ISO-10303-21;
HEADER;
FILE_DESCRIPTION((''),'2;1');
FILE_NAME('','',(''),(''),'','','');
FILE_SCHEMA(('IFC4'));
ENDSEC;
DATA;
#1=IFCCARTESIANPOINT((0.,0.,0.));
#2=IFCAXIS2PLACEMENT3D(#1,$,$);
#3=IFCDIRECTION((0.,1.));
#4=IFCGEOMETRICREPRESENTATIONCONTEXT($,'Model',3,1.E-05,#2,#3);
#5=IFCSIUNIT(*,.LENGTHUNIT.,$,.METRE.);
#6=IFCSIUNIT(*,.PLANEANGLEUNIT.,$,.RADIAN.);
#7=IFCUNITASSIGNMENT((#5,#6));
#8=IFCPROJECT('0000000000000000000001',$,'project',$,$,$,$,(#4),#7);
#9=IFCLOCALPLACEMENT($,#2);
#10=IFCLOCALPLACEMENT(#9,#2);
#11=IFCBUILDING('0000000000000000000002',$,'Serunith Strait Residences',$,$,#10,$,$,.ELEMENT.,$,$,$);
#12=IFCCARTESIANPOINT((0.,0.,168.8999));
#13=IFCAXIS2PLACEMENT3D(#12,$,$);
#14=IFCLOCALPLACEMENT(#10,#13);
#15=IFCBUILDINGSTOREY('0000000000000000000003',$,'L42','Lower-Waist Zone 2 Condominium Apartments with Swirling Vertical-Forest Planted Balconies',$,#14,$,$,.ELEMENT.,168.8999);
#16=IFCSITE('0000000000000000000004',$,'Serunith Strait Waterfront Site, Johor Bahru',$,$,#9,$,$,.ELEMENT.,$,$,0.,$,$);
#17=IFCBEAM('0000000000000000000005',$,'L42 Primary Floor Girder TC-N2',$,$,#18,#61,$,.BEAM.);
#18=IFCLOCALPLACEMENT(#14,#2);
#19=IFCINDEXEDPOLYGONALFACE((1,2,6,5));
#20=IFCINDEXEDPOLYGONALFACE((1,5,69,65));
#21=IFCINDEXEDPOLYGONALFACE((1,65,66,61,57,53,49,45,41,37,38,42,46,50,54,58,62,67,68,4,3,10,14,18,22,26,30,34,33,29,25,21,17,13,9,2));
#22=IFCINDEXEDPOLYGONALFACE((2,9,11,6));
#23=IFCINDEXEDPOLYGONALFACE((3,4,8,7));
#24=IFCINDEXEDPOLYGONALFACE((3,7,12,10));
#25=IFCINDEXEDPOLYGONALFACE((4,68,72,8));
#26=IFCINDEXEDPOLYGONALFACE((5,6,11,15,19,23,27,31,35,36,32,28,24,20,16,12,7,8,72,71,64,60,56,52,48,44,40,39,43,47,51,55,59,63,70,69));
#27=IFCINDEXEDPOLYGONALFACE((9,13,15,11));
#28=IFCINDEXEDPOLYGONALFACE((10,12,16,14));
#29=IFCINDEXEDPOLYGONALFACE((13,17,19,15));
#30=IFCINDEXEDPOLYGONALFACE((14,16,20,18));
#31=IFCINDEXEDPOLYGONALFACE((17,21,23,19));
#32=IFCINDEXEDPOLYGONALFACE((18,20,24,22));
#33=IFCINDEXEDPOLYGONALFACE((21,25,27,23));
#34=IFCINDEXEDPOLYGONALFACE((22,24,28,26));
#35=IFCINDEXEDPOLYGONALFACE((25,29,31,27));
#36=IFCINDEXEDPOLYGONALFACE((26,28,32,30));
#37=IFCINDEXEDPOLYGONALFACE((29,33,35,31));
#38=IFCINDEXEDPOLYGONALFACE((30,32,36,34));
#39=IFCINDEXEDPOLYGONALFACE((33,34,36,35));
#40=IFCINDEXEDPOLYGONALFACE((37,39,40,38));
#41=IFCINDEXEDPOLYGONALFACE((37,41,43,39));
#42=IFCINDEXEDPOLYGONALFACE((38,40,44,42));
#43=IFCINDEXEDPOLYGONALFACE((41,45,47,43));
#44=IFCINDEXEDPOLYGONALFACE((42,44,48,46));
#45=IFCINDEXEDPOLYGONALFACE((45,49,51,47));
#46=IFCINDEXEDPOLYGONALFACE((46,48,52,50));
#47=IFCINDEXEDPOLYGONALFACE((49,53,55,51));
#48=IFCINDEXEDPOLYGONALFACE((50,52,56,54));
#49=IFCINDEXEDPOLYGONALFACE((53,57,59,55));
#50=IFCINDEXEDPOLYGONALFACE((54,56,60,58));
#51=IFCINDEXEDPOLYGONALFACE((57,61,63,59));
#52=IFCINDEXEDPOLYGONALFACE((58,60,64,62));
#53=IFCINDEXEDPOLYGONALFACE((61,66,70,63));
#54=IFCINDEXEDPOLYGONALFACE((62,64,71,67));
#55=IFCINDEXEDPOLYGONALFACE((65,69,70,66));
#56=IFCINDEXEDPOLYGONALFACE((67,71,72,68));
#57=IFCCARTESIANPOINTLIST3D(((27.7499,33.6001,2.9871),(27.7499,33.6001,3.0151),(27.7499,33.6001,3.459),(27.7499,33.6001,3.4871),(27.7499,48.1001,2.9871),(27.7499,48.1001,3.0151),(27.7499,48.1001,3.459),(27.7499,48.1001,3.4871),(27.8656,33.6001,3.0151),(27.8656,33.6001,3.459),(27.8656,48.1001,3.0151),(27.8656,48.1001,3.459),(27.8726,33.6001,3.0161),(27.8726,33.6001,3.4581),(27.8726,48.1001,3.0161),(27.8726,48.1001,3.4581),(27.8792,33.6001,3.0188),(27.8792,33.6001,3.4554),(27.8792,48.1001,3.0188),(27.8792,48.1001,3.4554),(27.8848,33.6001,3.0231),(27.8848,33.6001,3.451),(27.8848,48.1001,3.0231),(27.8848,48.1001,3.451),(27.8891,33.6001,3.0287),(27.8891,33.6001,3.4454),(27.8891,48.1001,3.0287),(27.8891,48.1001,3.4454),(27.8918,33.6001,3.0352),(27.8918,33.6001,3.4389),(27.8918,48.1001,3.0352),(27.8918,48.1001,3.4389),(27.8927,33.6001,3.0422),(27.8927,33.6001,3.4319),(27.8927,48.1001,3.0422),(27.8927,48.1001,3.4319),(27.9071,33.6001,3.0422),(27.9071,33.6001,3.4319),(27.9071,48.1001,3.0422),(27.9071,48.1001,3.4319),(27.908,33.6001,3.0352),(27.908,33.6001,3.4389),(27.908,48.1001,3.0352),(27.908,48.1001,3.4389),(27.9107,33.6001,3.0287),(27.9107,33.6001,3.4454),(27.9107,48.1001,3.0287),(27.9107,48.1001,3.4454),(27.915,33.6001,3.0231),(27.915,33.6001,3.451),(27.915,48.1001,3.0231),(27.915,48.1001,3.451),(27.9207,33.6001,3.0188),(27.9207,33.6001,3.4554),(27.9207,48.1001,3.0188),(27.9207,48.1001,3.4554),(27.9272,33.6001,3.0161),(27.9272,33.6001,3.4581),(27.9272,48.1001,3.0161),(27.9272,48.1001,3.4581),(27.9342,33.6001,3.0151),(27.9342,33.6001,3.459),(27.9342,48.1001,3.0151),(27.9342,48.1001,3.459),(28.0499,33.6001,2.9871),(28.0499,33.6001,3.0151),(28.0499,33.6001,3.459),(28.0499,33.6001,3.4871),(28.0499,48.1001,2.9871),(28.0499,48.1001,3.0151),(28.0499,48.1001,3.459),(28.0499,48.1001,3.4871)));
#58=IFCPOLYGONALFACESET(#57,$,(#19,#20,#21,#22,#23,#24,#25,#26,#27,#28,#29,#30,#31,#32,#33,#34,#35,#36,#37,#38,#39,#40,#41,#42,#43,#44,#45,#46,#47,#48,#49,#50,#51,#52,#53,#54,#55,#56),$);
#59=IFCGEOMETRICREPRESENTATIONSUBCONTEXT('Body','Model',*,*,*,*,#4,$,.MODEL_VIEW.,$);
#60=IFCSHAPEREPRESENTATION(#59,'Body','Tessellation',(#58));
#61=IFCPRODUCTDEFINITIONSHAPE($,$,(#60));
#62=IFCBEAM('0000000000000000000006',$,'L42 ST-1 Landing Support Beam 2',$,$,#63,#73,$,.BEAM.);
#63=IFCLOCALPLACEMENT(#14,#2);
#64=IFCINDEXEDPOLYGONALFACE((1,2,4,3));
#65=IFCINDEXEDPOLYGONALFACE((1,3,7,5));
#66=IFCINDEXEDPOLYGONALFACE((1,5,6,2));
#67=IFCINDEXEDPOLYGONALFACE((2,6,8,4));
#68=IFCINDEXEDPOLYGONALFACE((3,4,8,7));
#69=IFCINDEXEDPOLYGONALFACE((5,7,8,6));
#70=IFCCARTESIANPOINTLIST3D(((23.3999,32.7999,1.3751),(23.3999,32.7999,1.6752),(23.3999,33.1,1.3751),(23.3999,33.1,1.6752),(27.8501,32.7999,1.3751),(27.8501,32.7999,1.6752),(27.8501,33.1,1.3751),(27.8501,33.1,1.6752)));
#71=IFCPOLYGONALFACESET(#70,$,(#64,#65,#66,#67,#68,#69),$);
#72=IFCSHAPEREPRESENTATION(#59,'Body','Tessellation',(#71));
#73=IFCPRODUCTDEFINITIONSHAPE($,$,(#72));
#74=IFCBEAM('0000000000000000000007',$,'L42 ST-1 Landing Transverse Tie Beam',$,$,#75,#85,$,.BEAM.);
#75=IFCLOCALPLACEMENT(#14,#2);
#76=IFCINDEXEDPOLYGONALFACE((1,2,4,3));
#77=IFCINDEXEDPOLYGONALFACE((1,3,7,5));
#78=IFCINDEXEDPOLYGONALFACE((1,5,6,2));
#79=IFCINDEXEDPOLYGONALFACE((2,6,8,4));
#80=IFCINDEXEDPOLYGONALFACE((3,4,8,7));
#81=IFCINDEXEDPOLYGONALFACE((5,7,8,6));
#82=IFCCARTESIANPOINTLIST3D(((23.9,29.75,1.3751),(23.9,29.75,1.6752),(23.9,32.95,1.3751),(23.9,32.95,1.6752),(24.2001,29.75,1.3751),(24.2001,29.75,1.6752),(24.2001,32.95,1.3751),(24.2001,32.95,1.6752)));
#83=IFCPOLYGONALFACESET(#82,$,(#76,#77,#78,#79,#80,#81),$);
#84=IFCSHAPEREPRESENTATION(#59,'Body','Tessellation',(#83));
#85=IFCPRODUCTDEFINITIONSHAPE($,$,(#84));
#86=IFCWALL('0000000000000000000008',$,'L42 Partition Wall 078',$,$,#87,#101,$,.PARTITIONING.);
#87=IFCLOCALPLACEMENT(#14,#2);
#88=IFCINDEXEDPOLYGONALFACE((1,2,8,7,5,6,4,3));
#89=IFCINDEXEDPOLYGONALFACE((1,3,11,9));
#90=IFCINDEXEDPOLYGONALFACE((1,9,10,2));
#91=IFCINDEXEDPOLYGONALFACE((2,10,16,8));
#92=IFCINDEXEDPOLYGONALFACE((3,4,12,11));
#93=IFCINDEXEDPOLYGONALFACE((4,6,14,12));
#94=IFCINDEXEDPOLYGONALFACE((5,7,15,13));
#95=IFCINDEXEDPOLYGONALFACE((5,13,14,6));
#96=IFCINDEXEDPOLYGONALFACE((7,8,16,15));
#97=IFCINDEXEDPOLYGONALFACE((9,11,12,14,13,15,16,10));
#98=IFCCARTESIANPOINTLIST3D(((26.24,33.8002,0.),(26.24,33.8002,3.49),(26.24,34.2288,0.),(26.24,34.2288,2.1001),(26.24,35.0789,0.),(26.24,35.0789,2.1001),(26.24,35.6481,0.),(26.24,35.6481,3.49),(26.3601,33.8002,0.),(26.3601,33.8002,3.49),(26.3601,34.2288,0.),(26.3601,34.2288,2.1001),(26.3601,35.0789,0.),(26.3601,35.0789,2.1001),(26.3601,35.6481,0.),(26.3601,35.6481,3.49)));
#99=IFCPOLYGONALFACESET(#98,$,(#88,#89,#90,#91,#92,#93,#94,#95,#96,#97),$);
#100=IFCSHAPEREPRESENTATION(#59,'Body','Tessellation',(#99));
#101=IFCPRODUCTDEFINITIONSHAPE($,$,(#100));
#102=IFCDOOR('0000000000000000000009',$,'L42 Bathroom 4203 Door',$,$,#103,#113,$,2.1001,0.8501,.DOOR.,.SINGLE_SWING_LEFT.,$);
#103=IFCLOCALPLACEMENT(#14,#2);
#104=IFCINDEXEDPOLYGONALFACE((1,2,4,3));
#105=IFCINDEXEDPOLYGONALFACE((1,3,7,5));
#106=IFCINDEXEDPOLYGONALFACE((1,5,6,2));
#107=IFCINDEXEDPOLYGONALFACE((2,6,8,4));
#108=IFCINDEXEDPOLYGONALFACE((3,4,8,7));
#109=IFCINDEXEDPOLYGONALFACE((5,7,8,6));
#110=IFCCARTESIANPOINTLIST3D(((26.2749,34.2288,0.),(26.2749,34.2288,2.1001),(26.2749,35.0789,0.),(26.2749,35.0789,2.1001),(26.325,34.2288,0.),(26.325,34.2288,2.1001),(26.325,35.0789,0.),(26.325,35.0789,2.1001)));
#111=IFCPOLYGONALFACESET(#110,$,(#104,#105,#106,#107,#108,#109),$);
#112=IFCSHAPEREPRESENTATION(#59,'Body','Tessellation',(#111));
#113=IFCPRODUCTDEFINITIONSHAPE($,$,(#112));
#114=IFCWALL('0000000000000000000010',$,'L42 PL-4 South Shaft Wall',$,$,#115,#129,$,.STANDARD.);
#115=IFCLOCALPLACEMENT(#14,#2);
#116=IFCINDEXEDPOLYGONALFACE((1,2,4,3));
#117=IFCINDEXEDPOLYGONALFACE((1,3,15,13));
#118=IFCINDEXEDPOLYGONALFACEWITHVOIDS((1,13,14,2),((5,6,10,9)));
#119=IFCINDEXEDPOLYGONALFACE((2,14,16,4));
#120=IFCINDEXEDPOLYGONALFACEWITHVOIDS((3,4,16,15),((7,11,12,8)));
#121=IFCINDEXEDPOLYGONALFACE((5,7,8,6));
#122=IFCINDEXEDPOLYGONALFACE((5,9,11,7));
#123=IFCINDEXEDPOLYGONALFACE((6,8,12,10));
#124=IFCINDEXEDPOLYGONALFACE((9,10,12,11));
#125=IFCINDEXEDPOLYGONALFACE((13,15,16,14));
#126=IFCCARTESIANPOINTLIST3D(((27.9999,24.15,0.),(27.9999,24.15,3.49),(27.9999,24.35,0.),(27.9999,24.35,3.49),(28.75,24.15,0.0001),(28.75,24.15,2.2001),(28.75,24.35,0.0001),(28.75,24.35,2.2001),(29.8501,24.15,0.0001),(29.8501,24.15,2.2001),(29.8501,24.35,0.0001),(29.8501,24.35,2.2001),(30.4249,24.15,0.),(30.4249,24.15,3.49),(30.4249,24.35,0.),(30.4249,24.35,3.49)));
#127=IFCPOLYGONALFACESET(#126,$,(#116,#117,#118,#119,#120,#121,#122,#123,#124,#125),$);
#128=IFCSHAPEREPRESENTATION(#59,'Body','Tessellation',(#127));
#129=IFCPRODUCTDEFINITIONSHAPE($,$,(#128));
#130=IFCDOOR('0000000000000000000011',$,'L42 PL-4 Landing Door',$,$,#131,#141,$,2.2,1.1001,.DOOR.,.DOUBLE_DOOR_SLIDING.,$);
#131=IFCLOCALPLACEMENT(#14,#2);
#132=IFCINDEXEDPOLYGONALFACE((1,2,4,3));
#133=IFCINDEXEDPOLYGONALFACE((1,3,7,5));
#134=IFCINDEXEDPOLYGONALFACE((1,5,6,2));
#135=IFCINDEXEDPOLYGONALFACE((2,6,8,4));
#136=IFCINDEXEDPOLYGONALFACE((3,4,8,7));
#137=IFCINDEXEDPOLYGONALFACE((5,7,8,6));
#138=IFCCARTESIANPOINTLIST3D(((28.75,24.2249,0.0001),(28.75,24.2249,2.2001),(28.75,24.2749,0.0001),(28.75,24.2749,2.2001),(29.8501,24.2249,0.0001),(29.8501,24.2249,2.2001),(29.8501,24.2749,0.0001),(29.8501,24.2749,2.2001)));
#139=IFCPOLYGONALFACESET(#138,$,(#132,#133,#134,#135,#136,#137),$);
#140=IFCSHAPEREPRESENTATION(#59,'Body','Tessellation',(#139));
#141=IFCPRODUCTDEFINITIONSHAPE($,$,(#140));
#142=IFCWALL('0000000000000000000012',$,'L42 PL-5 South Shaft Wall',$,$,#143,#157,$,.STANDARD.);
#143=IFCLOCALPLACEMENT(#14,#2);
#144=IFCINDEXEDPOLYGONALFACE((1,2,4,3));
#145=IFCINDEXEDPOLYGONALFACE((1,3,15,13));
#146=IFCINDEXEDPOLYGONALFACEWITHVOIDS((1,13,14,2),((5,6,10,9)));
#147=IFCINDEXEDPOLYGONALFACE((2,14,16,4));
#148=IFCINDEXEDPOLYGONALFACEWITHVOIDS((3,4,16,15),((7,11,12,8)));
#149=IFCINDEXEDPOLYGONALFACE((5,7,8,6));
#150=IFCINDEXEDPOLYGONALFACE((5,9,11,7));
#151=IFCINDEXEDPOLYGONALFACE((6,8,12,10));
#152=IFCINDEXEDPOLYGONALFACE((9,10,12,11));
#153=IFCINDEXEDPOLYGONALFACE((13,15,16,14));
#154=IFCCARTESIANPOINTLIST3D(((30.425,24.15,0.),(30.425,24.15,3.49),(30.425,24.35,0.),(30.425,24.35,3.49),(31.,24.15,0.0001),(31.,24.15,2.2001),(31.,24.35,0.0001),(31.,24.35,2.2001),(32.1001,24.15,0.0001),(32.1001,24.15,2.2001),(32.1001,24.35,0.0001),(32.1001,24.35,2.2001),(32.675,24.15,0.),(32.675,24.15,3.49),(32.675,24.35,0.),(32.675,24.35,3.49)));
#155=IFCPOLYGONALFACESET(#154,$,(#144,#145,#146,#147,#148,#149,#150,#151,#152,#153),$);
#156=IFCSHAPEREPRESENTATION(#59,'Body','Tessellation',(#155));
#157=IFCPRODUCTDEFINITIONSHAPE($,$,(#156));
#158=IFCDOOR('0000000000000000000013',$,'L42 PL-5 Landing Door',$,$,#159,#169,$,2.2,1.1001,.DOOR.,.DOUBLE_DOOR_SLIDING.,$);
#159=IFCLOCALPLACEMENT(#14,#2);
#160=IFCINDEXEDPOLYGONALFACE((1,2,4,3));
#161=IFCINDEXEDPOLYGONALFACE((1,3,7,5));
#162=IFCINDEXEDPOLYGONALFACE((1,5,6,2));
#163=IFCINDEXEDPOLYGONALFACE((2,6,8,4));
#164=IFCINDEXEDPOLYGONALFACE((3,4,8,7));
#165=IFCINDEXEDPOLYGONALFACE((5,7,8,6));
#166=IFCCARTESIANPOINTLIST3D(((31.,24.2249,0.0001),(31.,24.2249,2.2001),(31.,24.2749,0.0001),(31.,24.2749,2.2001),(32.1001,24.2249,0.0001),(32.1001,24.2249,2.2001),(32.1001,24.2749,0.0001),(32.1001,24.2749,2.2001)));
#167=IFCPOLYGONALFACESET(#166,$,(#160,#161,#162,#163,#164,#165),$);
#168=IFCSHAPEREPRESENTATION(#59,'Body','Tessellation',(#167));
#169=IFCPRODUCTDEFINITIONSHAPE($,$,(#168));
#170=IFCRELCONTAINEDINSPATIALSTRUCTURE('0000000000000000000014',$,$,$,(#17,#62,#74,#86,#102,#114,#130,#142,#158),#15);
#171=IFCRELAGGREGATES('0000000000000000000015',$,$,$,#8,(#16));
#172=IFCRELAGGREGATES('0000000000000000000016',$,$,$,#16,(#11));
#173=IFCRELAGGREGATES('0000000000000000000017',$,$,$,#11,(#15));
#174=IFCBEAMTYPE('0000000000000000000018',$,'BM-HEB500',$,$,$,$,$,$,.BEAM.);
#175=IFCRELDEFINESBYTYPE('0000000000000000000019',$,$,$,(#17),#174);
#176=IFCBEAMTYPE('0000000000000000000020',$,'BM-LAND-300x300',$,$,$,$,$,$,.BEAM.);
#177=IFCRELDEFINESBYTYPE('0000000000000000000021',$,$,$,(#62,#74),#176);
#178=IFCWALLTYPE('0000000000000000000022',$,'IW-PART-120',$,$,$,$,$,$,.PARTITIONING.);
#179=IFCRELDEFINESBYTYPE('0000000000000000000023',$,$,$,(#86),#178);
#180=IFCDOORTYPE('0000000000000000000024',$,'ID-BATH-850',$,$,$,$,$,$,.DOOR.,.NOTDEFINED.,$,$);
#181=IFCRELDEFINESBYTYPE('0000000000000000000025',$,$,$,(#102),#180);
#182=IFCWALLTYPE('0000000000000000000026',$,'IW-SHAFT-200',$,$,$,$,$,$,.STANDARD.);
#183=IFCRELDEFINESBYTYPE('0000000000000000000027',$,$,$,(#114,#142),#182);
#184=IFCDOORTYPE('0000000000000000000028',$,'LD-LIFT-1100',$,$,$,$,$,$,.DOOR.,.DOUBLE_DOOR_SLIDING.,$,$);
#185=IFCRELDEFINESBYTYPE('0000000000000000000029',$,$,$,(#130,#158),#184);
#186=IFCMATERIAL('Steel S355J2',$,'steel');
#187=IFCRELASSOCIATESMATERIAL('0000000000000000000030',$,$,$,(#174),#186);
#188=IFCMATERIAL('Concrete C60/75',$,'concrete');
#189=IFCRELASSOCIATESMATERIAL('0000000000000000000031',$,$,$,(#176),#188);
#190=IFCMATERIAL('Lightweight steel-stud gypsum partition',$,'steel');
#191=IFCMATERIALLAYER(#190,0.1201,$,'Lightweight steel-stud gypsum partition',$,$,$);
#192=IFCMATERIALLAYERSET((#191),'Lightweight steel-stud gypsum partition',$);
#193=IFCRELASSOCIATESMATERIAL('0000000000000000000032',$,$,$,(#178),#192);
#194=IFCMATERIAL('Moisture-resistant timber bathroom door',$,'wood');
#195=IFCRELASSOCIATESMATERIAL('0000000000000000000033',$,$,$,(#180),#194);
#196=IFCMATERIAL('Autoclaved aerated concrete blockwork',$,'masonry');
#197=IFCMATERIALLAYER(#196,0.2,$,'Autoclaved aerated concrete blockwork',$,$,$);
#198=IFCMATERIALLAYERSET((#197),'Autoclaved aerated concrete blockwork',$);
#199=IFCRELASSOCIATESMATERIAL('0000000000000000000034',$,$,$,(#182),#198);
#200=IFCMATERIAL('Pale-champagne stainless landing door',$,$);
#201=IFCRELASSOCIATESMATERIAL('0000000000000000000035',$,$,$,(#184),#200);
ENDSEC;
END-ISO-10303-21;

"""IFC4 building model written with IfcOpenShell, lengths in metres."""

from ifc_helpers import new_model, si_unit, direction, frame, frame_2d, origin, origin_2d, place, context, subcontext, project, spatial, rectangle, i_section, extrude, source, transform, mapped, material, layer, layer_set, material_profile, profile_set, type_object, element, fill, save


model = new_model("IFC4")

# Units and contexts
model_context = context("Model", 3, precision=1e-05, world=origin(), true_north=direction((0.0, 1.0)))
body_context = subcontext(model_context, "Body", "Model", "MODEL_VIEW")
ifc_project = project(units=[si_unit("LENGTHUNIT", "METRE"), si_unit("PLANEANGLEUNIT", "RADIAN")], contexts=[model_context])

# Site, building, storey
site_placement = place(None, origin())
site = spatial("IfcSite", under=ifc_project, at=site_placement, Name="Serunith Strait Waterfront Site, Johor Bahru", CompositionType="ELEMENT", RefElevation=0.0)
building_placement = place(site_placement, origin())
building = spatial("IfcBuilding", under=site, at=building_placement, Name="Serunith Strait Residences", CompositionType="ELEMENT")
storey_placement = place(building_placement, frame((0.0, 0.0, 168.8999)))
storey = spatial("IfcBuildingStorey", under=building, at=storey_placement, Name="L42", Description="Lower-Waist Zone 2 Condominium Apartments with Swirling Vertical-Forest Planted Balconies", CompositionType="ELEMENT", Elevation=168.8999)

# Beams
ifc_material_1 = material(Name="Steel S355J2", Category="steel")
ifc_material_profile_1 = material_profile(ifc_material_1, i_section(OverallWidth=0.3, OverallDepth=0.5, WebThickness=0.0144, FlangeThickness=0.0281, FilletRadius=0.0271, at=origin_2d()), Name="HEB 500")
ifc_profile_set_1 = profile_set([ifc_material_profile_1], Name="Steel S355J2")
beam_type_1 = type_object("IfcBeamType", Name="BM-HEB500", PredefinedType="BEAM", material=ifc_profile_set_1)
shared_shape_1 = source(origin(), body_context, "Body", "SweptSolid", [
    extrude(i_section(OverallWidth=0.3, OverallDepth=0.5, WebThickness=0.0144, FlangeThickness=0.0281, FilletRadius=0.0271, at=origin_2d()), origin(), (0.0, 0.0, 1.0), 14.5),
])
beam_1_placement = place(storey_placement, frame((27.8999, 33.6001, 3.2371), z_axis=(0.0, 1.0, 0.0), x_axis=(-1.0, 0.0, 0.0)))
element("IfcBeam", 1, at=beam_1_placement, inside=storey, type_object=beam_type_1, Name="L42 Primary Floor Girder TC-N2", PredefinedType="BEAM", context=body_context, shape_type="MappedRepresentation", body=[
    mapped(shared_shape_1, transform((0.0, 0.0, 0.0), scale=1.0)),
])
ifc_material_2 = material(Name="Concrete C60/75", Category="concrete")
ifc_material_profile_2 = material_profile(ifc_material_2, rectangle(XDim=0.3, YDim=0.3, at=origin_2d()), Name="RC 300x300")
ifc_profile_set_2 = profile_set([ifc_material_profile_2], Name="Concrete C60/75")
beam_type_2 = type_object("IfcBeamType", Name="BM-LAND-300x300", PredefinedType="BEAM", material=ifc_profile_set_2)
shared_shape_2 = source(origin(), body_context, "Body", "SweptSolid", [
    extrude(rectangle(XDim=0.3, YDim=0.3, at=origin_2d()), origin(), (0.0, 0.0, 1.0), 4.4502),
])
beam_2_placement = place(storey_placement, frame((23.3999, 32.95, 1.5251), z_axis=(1.0, 0.0, 0.0), x_axis=(0.0, 1.0, 0.0)))
element("IfcBeam", 2, at=beam_2_placement, inside=storey, type_object=beam_type_2, Name="L42 ST-1 Landing Support Beam 2", PredefinedType="BEAM", context=body_context, shape_type="MappedRepresentation", body=[
    mapped(shared_shape_2, transform((0.0, 0.0, 0.0), scale=1.0)),
])
shared_shape_3 = source(origin(), body_context, "Body", "SweptSolid", [
    extrude(rectangle(XDim=0.3, YDim=0.3, at=origin_2d()), origin(), (0.0, 0.0, 1.0), 3.2),
])
beam_3_placement = place(storey_placement, frame((24.05, 29.75, 1.5251), z_axis=(0.0, 1.0, 0.0), x_axis=(-1.0, 0.0, 0.0)))
element("IfcBeam", 3, at=beam_3_placement, inside=storey, type_object=beam_type_2, Name="L42 ST-1 Landing Transverse Tie Beam", PredefinedType="BEAM", context=body_context, shape_type="MappedRepresentation", body=[
    mapped(shared_shape_3, transform((0.0, 0.0, 0.0), scale=1.0)),
])

# Walls, openings, doors
ifc_material_3 = material(Name="Lightweight steel-stud gypsum partition", Category="steel")
ifc_layer_1 = layer(ifc_material_3, 0.1201, Name="Lightweight steel-stud gypsum partition")
ifc_layer_set_1 = layer_set([ifc_layer_1], Name="Lightweight steel-stud gypsum partition")
wall_type_1 = type_object("IfcWallType", Name="IW-PART-120", PredefinedType="PARTITIONING", material=ifc_layer_set_1)
wall_1_placement = place(storey_placement, frame((26.3, 35.6479, 0.0), z_axis=(0.0, 0.0, 1.0), x_axis=(0.0, -1.0, 0.0)))
wall_1 = element("IfcWall", 4, at=wall_1_placement, inside=storey, type_object=wall_type_1, Name="L42 Partition Wall 078", PredefinedType="PARTITIONING", context=body_context, shape_type="SweptSolid", body=[
    extrude(rectangle(XDim=1.8479, YDim=0.1201, at=frame_2d((0.9238, 0.0))), origin(), (0.0, 0.0, 1.0), 3.49),
])
opening_1_placement = place(wall_1_placement, frame((0.5691, 0.0, 0.0)))
opening_1 = element("IfcOpeningElement", 5, at=opening_1_placement, cuts=wall_1, PredefinedType="OPENING", context=body_context, shape_type="SweptSolid", body=[
    extrude(rectangle(XDim=0.8501, YDim=2.1001, at=frame_2d((0.425, 1.05))), frame((0.0, 0.0701, 0.0), z_axis=(0.0, -1.0, 0.0), x_axis=(1.0, 0.0, 0.0)), (0.0, 0.0, 1.0), 0.1401),
])
ifc_material_4 = material(Name="Moisture-resistant timber bathroom door", Category="wood")
door_type_1 = type_object("IfcDoorType", Name="ID-BATH-850", OperationType="NOTDEFINED", PredefinedType="DOOR", material=ifc_material_4)
shared_shape_4 = source(origin(), body_context, "Body", "SweptSolid", [
    extrude(rectangle(XDim=0.8501, YDim=2.1001, at=frame_2d((0.425, 1.05))), frame((0.0, 0.0249, 0.0), z_axis=(0.0, -1.0, 0.0), x_axis=(1.0, 0.0, 0.0)), (0.0, 0.0, 1.0), 0.05),
])
door_1_placement = place(opening_1_placement, origin())
door_1 = element("IfcDoor", 6, at=door_1_placement, inside=storey, type_object=door_type_1, Name="L42 Bathroom 4203 Door", OperationType="SINGLE_SWING_LEFT", OverallHeight=2.1001, OverallWidth=0.8501, PredefinedType="DOOR", context=body_context, shape_type="MappedRepresentation", body=[
    mapped(shared_shape_4, transform((0.0, 0.0, 0.0), scale=1.0)),
])
fill(opening_1, door_1)
ifc_material_5 = material(Name="Autoclaved aerated concrete blockwork", Category="masonry")
ifc_layer_2 = layer(ifc_material_5, 0.2, Name="Autoclaved aerated concrete blockwork")
ifc_layer_set_2 = layer_set([ifc_layer_2], Name="Autoclaved aerated concrete blockwork")
wall_type_2 = type_object("IfcWallType", Name="IW-SHAFT-200", PredefinedType="STANDARD", material=ifc_layer_set_2)
wall_2_placement = place(storey_placement, frame((28.0, 24.25, 0.0), z_axis=(0.0, 0.0, 1.0), x_axis=(1.0, 0.0, 0.0)))
wall_2 = element("IfcWall", 7, at=wall_2_placement, inside=storey, type_object=wall_type_2, Name="L42 PL-4 South Shaft Wall", PredefinedType="STANDARD", context=body_context, shape_type="SweptSolid", body=[
    extrude(rectangle(XDim=2.425, YDim=0.2, at=frame_2d((1.2124, 0.0))), origin(), (0.0, 0.0, 1.0), 3.49),
])
opening_2_placement = place(wall_2_placement, frame((0.75, 0.0, 0.0)))
opening_2 = element("IfcOpeningElement", 8, at=opening_2_placement, cuts=wall_2, PredefinedType="OPENING", context=body_context, shape_type="SweptSolid", body=[
    extrude(rectangle(XDim=1.1001, YDim=2.2, at=frame_2d((0.55, 1.1001))), frame((0.0, 0.1099, 0.0), z_axis=(0.0, -1.0, 0.0), x_axis=(1.0, 0.0, 0.0)), (0.0, 0.0, 1.0), 0.22),
])
ifc_material_6 = material(Name="Pale-champagne stainless landing door")
door_type_2 = type_object("IfcDoorType", Name="LD-LIFT-1100", OperationType="DOUBLE_DOOR_SLIDING", PredefinedType="DOOR", material=ifc_material_6)
shared_shape_5 = source(origin(), body_context, "Body", "SweptSolid", [
    extrude(rectangle(XDim=1.1001, YDim=2.2, at=frame_2d((0.55, 1.1001))), frame((0.0, 0.0249, 0.0), z_axis=(0.0, -1.0, 0.0), x_axis=(1.0, 0.0, 0.0)), (0.0, 0.0, 1.0), 0.05),
])
door_2_placement = place(opening_2_placement, origin())
door_2 = element("IfcDoor", 9, at=door_2_placement, inside=storey, type_object=door_type_2, Name="L42 PL-4 Landing Door", OperationType="DOUBLE_DOOR_SLIDING", OverallHeight=2.2, OverallWidth=1.1001, PredefinedType="DOOR", context=body_context, shape_type="MappedRepresentation", body=[
    mapped(shared_shape_5, transform((0.0, 0.0, 0.0), scale=1.0)),
])
fill(opening_2, door_2)
wall_3_placement = place(storey_placement, frame((30.425, 24.25, 0.0), z_axis=(0.0, 0.0, 1.0), x_axis=(1.0, 0.0, 0.0)))
wall_3 = element("IfcWall", 10, at=wall_3_placement, inside=storey, type_object=wall_type_2, Name="L42 PL-5 South Shaft Wall", PredefinedType="STANDARD", context=body_context, shape_type="SweptSolid", body=[
    extrude(rectangle(XDim=2.25, YDim=0.2, at=frame_2d((1.125, 0.0))), origin(), (0.0, 0.0, 1.0), 3.49),
])
opening_3_placement = place(wall_3_placement, frame((0.575, 0.0, 0.0)))
opening_3 = element("IfcOpeningElement", 11, at=opening_3_placement, cuts=wall_3, PredefinedType="OPENING", context=body_context, shape_type="SweptSolid", body=[
    extrude(rectangle(XDim=1.1001, YDim=2.2, at=frame_2d((0.55, 1.1001))), frame((0.0, 0.1099, 0.0), z_axis=(0.0, -1.0, 0.0), x_axis=(1.0, 0.0, 0.0)), (0.0, 0.0, 1.0), 0.22),
])
door_3_placement = place(opening_3_placement, origin())
door_3 = element("IfcDoor", 12, at=door_3_placement, inside=storey, type_object=door_type_2, Name="L42 PL-5 Landing Door", OperationType="DOUBLE_DOOR_SLIDING", OverallHeight=2.2, OverallWidth=1.1001, PredefinedType="DOOR", context=body_context, shape_type="MappedRepresentation", body=[
    mapped(shared_shape_5, transform((0.0, 0.0, 0.0), scale=1.0)),
])
fill(opening_3, door_3)

save(model, "model.ifc")
